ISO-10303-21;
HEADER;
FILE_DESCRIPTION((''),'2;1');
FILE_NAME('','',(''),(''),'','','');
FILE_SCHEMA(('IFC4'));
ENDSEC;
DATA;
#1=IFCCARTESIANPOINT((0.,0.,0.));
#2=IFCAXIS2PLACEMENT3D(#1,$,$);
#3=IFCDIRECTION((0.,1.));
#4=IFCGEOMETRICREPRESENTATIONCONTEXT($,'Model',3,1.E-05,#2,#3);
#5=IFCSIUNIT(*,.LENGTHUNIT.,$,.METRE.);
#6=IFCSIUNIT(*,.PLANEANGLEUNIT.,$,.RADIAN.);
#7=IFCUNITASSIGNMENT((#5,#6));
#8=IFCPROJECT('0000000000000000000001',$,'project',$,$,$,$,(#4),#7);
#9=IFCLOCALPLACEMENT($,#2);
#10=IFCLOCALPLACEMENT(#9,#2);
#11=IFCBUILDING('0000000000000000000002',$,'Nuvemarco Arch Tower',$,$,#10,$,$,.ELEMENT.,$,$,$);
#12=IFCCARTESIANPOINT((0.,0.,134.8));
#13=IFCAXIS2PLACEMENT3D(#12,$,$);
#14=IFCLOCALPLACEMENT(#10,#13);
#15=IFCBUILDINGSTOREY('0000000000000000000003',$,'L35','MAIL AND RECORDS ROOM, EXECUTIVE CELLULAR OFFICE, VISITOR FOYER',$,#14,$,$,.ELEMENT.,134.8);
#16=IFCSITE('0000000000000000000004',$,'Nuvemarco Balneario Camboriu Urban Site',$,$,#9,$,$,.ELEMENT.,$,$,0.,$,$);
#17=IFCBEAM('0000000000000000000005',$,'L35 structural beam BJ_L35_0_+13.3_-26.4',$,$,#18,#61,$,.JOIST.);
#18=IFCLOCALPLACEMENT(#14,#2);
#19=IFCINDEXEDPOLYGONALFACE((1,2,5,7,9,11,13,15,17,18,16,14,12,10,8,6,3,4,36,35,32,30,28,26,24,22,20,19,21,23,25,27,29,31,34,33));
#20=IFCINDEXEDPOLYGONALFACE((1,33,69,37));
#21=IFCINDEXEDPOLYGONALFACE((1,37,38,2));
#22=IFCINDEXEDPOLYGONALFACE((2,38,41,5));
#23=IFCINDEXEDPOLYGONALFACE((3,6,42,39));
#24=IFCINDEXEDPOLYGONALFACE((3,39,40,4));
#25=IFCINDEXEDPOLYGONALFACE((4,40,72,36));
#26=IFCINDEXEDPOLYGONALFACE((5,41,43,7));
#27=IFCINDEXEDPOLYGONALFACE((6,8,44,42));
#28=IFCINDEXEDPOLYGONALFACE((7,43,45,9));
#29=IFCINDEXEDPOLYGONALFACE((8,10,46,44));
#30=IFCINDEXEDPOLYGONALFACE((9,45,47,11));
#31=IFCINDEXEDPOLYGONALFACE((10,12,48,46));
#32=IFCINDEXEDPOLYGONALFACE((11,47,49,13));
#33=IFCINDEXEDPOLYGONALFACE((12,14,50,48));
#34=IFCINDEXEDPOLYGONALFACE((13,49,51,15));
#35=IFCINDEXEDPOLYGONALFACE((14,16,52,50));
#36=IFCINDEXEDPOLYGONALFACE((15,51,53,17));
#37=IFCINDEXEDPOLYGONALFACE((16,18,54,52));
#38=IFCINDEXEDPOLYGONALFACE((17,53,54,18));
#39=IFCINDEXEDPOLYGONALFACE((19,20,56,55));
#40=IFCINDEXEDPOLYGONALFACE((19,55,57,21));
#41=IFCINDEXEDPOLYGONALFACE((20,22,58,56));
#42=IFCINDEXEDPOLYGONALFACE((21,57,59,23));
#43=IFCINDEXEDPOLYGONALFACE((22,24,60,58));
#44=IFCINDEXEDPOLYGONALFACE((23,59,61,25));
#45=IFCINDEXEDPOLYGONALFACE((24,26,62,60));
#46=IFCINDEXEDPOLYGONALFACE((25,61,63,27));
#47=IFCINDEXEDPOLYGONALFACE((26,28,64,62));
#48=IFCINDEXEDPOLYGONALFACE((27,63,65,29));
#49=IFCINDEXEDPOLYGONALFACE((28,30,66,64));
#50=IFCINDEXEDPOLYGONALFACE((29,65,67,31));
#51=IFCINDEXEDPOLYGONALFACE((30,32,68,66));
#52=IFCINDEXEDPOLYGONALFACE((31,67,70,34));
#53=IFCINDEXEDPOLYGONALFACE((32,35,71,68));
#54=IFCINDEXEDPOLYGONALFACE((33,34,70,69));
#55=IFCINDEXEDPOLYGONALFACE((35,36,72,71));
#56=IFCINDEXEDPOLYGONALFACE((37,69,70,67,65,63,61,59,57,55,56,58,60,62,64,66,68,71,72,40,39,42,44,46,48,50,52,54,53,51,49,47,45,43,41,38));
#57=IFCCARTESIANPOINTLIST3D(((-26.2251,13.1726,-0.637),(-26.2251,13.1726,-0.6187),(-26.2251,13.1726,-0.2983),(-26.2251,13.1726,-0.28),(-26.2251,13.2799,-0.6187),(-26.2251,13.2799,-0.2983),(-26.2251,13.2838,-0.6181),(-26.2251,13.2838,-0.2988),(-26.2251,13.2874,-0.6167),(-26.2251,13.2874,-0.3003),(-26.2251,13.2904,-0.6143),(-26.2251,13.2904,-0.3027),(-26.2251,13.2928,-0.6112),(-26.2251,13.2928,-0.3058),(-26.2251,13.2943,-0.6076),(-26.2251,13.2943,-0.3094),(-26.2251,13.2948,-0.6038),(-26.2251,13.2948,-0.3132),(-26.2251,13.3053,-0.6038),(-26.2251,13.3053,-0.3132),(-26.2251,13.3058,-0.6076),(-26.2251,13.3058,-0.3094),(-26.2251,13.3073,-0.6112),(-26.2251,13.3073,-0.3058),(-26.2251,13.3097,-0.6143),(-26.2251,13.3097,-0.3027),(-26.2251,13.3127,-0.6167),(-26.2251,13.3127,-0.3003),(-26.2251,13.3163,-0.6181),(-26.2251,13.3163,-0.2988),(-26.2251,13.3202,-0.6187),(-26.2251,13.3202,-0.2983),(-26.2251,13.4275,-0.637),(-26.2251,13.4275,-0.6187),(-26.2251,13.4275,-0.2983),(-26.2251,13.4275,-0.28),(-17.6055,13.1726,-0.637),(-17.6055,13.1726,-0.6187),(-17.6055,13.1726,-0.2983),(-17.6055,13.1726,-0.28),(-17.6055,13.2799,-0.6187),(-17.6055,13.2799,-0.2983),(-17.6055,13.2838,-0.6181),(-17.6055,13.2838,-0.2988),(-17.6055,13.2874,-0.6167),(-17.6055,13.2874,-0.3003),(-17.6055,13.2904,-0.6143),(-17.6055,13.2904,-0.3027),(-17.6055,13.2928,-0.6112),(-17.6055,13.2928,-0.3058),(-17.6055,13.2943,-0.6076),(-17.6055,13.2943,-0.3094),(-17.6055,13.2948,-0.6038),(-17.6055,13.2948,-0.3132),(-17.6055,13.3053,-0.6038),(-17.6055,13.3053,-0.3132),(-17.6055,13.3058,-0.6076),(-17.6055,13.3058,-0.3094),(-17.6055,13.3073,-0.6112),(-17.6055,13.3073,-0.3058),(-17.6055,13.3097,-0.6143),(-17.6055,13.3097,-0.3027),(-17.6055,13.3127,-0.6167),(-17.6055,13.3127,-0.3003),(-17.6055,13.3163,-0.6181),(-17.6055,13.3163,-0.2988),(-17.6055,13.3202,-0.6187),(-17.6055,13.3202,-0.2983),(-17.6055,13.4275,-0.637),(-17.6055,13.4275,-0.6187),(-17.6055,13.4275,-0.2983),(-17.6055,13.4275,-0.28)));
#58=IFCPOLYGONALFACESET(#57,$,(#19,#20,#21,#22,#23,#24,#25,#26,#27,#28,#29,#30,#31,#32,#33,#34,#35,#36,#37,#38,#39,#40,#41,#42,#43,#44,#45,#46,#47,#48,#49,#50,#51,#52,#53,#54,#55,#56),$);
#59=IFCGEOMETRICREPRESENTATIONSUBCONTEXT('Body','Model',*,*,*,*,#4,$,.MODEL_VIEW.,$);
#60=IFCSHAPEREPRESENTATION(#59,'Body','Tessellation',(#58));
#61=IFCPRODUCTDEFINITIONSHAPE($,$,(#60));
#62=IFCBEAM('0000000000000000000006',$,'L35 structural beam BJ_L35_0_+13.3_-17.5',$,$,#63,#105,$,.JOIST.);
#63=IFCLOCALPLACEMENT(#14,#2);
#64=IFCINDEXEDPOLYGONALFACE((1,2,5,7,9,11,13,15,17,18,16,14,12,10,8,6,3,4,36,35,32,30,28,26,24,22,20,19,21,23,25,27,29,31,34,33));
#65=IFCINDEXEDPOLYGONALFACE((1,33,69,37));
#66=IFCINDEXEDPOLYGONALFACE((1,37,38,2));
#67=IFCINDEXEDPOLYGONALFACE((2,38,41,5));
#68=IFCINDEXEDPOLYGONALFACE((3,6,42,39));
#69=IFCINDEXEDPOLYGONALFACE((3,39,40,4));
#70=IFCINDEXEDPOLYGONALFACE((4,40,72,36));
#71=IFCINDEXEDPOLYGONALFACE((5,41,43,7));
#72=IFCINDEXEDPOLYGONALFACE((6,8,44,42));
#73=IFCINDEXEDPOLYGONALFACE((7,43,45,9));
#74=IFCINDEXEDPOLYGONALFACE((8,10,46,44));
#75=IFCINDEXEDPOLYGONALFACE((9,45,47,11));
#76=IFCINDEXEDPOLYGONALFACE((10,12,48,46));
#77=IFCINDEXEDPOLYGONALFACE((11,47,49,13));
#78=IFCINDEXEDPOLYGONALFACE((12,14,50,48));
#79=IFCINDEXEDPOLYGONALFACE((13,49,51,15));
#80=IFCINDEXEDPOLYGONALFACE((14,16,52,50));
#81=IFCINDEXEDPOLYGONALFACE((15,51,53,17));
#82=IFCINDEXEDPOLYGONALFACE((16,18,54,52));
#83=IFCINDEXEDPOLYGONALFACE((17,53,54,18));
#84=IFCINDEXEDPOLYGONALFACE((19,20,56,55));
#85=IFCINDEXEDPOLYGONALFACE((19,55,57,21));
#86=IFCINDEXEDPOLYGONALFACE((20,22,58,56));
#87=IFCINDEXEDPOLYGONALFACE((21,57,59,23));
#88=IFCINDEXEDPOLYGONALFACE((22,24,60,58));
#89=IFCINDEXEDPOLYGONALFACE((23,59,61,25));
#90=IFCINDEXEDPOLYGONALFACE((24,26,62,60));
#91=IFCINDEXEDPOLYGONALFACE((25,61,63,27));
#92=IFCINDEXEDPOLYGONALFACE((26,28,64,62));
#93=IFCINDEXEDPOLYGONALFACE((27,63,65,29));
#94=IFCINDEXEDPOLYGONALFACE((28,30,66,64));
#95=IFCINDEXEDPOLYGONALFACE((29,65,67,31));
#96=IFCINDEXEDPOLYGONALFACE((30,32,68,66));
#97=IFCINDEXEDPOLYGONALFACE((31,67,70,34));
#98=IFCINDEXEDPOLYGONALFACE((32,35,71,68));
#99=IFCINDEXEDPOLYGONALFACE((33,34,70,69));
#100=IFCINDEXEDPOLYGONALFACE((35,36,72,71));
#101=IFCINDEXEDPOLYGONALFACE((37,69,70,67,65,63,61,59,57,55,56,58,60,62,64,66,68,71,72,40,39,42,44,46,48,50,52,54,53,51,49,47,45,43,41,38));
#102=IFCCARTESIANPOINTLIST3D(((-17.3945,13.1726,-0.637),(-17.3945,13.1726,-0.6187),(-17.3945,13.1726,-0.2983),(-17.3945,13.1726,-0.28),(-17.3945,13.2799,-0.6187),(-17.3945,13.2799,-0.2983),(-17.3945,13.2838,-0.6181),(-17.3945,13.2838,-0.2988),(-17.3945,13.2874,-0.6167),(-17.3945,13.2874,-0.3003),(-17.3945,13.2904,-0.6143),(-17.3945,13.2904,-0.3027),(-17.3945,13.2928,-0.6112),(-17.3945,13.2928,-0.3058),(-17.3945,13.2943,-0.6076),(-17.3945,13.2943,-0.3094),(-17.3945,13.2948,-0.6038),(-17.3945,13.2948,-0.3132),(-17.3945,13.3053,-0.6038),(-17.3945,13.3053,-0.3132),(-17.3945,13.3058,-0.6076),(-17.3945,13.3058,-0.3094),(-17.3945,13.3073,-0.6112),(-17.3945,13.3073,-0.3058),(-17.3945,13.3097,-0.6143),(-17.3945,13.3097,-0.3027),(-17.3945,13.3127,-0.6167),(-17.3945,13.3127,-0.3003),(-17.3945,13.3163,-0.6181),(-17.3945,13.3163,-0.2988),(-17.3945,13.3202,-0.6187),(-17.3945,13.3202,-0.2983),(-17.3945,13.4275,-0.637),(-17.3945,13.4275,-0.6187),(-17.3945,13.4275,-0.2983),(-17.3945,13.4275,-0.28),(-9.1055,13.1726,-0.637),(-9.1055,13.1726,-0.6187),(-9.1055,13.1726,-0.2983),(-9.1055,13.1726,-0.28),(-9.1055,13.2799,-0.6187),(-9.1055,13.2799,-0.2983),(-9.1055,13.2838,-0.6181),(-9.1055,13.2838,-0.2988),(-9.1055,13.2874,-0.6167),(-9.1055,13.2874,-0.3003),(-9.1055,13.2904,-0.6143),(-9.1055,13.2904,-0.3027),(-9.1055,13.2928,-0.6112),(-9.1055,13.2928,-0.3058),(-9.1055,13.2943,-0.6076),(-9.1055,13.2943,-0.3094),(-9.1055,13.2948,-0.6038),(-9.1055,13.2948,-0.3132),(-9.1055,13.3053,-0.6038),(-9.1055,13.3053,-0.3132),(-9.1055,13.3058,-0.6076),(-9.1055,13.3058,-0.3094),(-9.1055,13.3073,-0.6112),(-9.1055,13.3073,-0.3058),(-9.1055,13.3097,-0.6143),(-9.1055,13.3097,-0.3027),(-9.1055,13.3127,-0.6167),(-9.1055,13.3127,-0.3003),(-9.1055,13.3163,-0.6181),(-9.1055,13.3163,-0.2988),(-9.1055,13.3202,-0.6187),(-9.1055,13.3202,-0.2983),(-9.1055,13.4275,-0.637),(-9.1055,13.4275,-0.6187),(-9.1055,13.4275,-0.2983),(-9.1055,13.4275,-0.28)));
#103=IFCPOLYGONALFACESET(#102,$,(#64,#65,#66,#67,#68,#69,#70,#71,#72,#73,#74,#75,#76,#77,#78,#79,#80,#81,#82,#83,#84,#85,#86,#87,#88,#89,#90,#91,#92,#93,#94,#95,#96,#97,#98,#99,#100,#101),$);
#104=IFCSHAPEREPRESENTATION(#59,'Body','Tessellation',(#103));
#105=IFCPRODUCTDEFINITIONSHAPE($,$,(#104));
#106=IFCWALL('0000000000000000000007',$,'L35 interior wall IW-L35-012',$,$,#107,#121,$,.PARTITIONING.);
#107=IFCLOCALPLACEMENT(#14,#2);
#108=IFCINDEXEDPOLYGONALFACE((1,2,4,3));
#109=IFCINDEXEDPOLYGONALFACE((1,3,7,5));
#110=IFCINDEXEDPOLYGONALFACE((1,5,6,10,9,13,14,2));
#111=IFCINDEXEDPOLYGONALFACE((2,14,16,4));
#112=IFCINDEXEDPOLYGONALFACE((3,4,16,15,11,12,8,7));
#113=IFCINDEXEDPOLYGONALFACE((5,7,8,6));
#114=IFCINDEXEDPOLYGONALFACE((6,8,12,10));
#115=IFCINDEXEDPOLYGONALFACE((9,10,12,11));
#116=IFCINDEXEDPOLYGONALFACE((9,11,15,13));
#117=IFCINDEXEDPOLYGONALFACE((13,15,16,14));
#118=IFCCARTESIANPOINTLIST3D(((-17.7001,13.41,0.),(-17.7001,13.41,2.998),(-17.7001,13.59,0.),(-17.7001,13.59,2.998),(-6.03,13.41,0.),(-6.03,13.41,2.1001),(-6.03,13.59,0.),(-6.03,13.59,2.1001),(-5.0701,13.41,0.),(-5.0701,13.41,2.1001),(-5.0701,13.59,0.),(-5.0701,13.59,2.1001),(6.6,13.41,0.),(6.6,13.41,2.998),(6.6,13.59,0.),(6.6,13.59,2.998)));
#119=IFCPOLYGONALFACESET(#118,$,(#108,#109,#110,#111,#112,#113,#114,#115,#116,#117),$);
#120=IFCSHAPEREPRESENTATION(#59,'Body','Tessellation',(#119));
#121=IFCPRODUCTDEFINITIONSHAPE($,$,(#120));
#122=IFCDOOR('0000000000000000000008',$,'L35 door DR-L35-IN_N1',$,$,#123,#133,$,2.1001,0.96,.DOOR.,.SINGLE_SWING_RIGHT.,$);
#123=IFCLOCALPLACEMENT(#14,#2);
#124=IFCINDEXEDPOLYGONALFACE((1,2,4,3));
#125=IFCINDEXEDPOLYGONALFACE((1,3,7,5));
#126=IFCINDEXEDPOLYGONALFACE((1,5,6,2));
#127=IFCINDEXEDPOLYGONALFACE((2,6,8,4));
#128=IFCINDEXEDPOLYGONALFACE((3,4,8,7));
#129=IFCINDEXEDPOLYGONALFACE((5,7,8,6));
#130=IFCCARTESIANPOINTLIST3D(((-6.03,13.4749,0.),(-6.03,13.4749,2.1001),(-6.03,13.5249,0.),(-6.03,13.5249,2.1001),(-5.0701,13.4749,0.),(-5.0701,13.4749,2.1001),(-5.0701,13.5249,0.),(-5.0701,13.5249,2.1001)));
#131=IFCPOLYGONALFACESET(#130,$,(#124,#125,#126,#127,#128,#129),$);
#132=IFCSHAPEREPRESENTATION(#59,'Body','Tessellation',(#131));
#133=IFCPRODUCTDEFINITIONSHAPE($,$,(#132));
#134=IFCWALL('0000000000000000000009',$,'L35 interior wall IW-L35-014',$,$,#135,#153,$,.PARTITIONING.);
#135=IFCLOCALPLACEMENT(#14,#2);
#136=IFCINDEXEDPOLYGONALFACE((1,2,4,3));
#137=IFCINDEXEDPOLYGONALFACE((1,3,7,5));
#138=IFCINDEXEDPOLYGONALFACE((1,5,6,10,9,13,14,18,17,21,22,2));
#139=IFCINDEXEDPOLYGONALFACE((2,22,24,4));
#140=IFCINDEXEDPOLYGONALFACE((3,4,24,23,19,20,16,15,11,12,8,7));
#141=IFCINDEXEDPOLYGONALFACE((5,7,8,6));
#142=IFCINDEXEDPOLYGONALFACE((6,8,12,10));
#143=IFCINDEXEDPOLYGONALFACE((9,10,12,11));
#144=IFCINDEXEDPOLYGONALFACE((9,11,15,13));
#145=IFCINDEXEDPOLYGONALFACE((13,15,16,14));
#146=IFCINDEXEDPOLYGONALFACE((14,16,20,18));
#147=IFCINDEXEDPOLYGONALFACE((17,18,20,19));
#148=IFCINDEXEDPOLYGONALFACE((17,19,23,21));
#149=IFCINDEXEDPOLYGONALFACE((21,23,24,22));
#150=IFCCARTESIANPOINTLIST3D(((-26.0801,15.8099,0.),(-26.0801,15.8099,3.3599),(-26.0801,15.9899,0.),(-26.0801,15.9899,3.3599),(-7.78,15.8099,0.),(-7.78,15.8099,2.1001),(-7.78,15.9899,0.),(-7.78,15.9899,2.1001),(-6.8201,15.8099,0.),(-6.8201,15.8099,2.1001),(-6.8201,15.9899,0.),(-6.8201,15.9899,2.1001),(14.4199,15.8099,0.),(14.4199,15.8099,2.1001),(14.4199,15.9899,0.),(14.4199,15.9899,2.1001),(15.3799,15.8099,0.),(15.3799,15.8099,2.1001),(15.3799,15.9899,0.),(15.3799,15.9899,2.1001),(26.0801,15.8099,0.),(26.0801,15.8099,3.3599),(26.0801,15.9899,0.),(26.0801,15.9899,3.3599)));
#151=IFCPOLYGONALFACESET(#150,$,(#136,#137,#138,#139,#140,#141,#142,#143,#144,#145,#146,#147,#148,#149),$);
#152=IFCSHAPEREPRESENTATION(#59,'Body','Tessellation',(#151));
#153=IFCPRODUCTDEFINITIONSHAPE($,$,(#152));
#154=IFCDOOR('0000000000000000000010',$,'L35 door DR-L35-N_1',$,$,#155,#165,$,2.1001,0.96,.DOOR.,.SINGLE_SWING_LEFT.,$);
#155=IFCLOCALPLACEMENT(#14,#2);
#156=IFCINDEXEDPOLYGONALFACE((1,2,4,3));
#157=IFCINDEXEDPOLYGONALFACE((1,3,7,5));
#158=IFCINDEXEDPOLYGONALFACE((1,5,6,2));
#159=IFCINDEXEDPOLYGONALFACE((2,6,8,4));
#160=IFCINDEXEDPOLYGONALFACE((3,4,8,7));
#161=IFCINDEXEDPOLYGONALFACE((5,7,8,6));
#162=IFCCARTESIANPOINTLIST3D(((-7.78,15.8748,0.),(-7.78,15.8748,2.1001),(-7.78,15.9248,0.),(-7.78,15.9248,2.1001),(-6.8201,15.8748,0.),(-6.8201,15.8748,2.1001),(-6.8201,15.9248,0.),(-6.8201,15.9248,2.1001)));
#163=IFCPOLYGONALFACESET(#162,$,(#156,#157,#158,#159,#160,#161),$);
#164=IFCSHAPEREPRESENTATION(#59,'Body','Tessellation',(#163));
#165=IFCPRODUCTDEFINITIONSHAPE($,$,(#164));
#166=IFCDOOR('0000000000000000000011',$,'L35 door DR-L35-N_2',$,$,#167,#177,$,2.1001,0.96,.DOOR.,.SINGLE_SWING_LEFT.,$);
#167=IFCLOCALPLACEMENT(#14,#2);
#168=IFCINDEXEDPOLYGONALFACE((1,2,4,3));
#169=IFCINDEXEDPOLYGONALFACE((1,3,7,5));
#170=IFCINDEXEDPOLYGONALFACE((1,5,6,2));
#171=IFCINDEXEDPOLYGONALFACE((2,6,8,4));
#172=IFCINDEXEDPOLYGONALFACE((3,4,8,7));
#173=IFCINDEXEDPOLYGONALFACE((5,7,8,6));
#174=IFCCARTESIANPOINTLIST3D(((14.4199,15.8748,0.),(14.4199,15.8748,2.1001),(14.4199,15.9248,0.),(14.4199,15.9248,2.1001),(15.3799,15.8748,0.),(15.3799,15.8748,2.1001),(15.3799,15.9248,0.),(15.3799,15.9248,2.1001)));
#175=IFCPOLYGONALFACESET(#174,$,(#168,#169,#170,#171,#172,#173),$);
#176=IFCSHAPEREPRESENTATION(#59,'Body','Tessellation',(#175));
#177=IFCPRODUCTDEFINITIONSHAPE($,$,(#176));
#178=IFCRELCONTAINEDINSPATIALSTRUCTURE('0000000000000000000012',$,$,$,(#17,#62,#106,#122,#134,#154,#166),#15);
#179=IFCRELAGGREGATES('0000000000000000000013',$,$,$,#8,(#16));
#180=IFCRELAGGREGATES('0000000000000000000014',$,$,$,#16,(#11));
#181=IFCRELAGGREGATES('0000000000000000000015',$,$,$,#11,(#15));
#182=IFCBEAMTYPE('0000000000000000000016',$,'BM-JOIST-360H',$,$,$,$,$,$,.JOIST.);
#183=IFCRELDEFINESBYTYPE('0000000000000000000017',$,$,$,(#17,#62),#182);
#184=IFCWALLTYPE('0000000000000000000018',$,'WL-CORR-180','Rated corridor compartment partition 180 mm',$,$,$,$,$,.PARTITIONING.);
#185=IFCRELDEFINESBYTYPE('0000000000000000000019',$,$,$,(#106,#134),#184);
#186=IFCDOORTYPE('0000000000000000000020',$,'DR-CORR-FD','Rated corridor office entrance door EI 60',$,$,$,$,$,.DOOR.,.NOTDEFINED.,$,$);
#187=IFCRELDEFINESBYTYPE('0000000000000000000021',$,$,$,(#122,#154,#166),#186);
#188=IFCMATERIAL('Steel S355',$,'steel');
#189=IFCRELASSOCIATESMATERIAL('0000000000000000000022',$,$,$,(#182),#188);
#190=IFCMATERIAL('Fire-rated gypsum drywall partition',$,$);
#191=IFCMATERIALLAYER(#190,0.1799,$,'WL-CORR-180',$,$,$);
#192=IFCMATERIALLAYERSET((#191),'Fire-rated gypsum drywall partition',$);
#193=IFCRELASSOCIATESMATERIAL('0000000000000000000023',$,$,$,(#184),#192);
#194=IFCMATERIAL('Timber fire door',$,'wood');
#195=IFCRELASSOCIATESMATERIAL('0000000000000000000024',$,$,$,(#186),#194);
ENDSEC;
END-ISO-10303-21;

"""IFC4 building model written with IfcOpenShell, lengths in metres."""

from ifc_helpers import new_model, si_unit, direction, frame, frame_2d, origin, origin_2d, place, context, subcontext, project, spatial, rectangle, i_section, extrude, source, transform, mapped, material, layer, layer_set, material_profile, profile_set, type_object, type_shapes, element, fill, save


model = new_model("IFC4")

# Units and contexts
model_context = context("Model", 3, precision=1e-05, world=origin(), true_north=direction((0.0, 1.0)))
body_context = subcontext(model_context, "Body", "Model", "MODEL_VIEW")
ifc_project = project(units=[si_unit("LENGTHUNIT", "METRE"), si_unit("PLANEANGLEUNIT", "RADIAN")], contexts=[model_context])

# Site, building, storey
site_placement = place(None, origin())
site = spatial("IfcSite", under=ifc_project, at=site_placement, Name="Nuvemarco Balneario Camboriu Urban Site", CompositionType="ELEMENT", RefElevation=0.0)
building_placement = place(site_placement, origin())
building = spatial("IfcBuilding", under=site, at=building_placement, Name="Nuvemarco Arch Tower", CompositionType="ELEMENT")
storey_placement = place(building_placement, frame((0.0, 0.0, 134.8)))
storey = spatial("IfcBuildingStorey", under=building, at=storey_placement, Name="L35", Description="MAIL AND RECORDS ROOM, EXECUTIVE CELLULAR OFFICE, VISITOR FOYER", CompositionType="ELEMENT", Elevation=134.8)

# Shared definitions
ifc_material_1 = material(Name="Steel S355", Category="steel")

# Beams
ifc_material_profile_1 = material_profile(ifc_material_1, i_section(OverallWidth=0.2549, OverallDepth=0.3569, WebThickness=0.0105, FlangeThickness=0.0183, FilletRadius=0.0149, at=origin_2d()), Name="W360x101")
ifc_profile_set_1 = profile_set([ifc_material_profile_1], Name="Steel S355")
beam_type_1 = type_object("IfcBeamType", Name="BM-JOIST-360H", PredefinedType="JOIST", material=ifc_profile_set_1)
beam_1_placement = place(storey_placement, frame((-26.2251, 13.3, -0.4585), z_axis=(1.0, 0.0, 0.0), x_axis=(0.0, 1.0, 0.0)))
element("IfcBeam", 1, at=beam_1_placement, inside=storey, type_object=beam_type_1, Name="L35 structural beam BJ_L35_0_+13.3_-26.4", PredefinedType="JOIST", context=body_context, shape_type="SweptSolid", body=[
    extrude(i_section(OverallWidth=0.2549, OverallDepth=0.3569, WebThickness=0.0105, FlangeThickness=0.0183, FilletRadius=0.0149, at=origin_2d()), origin(), (0.0, 0.0, 1.0), 8.6196),
])
beam_2_placement = place(storey_placement, frame((-17.3945, 13.3, -0.4585), z_axis=(1.0, 0.0, 0.0), x_axis=(0.0, 1.0, 0.0)))
element("IfcBeam", 2, at=beam_2_placement, inside=storey, type_object=beam_type_1, Name="L35 structural beam BJ_L35_0_+13.3_-17.5", PredefinedType="JOIST", context=body_context, shape_type="SweptSolid", body=[
    extrude(i_section(OverallWidth=0.2549, OverallDepth=0.3569, WebThickness=0.0105, FlangeThickness=0.0183, FilletRadius=0.0149, at=origin_2d()), origin(), (0.0, 0.0, 1.0), 8.2891),
])

# Wall, opening, door
ifc_material_2 = material(Name="Fire-rated gypsum drywall partition")
ifc_layer = layer(ifc_material_2, 0.1799, Name="WL-CORR-180")
ifc_layer_set = layer_set([ifc_layer], Name="Fire-rated gypsum drywall partition")
wall_type = type_object("IfcWallType", Name="WL-CORR-180", Description="Rated corridor compartment partition 180 mm", PredefinedType="PARTITIONING", material=ifc_layer_set)
wall_1_placement = place(storey_placement, frame((-17.7, 13.5, 0.0), z_axis=(0.0, 0.0, 1.0), x_axis=(1.0, 0.0, 0.0)))
wall_1 = element("IfcWall", 3, at=wall_1_placement, inside=storey, type_object=wall_type, Name="L35 interior wall IW-L35-012", PredefinedType="PARTITIONING", context=body_context, shape_type="SweptSolid", body=[
    extrude(rectangle(XDim=24.3, YDim=0.1799, at=frame_2d((12.1499, 0.0))), origin(), (0.0, 0.0, 1.0), 2.998),
])
opening_1_placement = place(wall_1_placement, frame((11.6699, 0.0, 0.0)))
opening_1 = element("IfcOpeningElement", 4, at=opening_1_placement, cuts=wall_1, PredefinedType="OPENING", context=body_context, shape_type="SweptSolid", body=[
    extrude(rectangle(XDim=0.96, YDim=2.1001, at=frame_2d((0.48, 1.05))), frame((0.0, 0.0999, 0.0), z_axis=(0.0, -1.0, 0.0), x_axis=(1.0, 0.0, 0.0)), (0.0, 0.0, 1.0), 0.2),
])
ifc_material_3 = material(Name="Timber fire door", Category="wood")
door_type = type_object("IfcDoorType", Name="DR-CORR-FD", Description="Rated corridor office entrance door EI 60", OperationType="NOTDEFINED", PredefinedType="DOOR", material=ifc_material_3)
shared_shape_1 = source(origin(), body_context, "Body", "SweptSolid", [
    extrude(rectangle(XDim=0.96, YDim=2.1001, at=frame_2d((0.48, 1.05))), frame((0.0, 0.0249, 0.0), z_axis=(0.0, -1.0, 0.0), x_axis=(1.0, 0.0, 0.0)), (0.0, 0.0, 1.0), 0.05),
])
type_shapes(door_type, [shared_shape_1])
door_1_placement = place(opening_1_placement, origin())
door_1 = element("IfcDoor", 5, at=door_1_placement, inside=storey, type_object=door_type, Name="L35 door DR-L35-IN_N1", OperationType="SINGLE_SWING_RIGHT", OverallHeight=2.1001, OverallWidth=0.96, PredefinedType="DOOR", context=body_context, shape_type="MappedRepresentation", body=[
    mapped(shared_shape_1, transform((0.0, 0.0, 0.0), scale=1.0)),
])
fill(opening_1, door_1)

# Wall, openings, doors
wall_2_placement = place(storey_placement, frame((-26.0801, 15.8999, 0.0), z_axis=(0.0, 0.0, 1.0), x_axis=(1.0, 0.0, 0.0)))
wall_2 = element("IfcWall", 6, at=wall_2_placement, inside=storey, type_object=wall_type, Name="L35 interior wall IW-L35-014", PredefinedType="PARTITIONING", context=body_context, shape_type="SweptSolid", body=[
    extrude(rectangle(XDim=52.1602, YDim=0.1799, at=frame_2d((26.0801, 0.0))), origin(), (0.0, 0.0, 1.0), 3.3599),
])
opening_2_placement = place(wall_2_placement, frame((18.3, 0.0, 0.0)))
opening_2 = element("IfcOpeningElement", 7, at=opening_2_placement, cuts=wall_2, PredefinedType="OPENING", context=body_context, shape_type="SweptSolid", body=[
    extrude(rectangle(XDim=0.96, YDim=2.1001, at=frame_2d((0.48, 1.05))), frame((0.0, 0.0999, 0.0), z_axis=(0.0, -1.0, 0.0), x_axis=(1.0, 0.0, 0.0)), (0.0, 0.0, 1.0), 0.2),
])
opening_3_placement = place(wall_2_placement, frame((40.5, 0.0, 0.0)))
opening_3 = element("IfcOpeningElement", 8, at=opening_3_placement, cuts=wall_2, PredefinedType="OPENING", context=body_context, shape_type="SweptSolid", body=[
    extrude(rectangle(XDim=0.96, YDim=2.1001, at=frame_2d((0.48, 1.05))), frame((0.0, 0.0999, 0.0), z_axis=(0.0, -1.0, 0.0), x_axis=(1.0, 0.0, 0.0)), (0.0, 0.0, 1.0), 0.2),
])
door_2_placement = place(opening_2_placement, origin())
door_2 = element("IfcDoor", 9, at=door_2_placement, inside=storey, type_object=door_type, Name="L35 door DR-L35-N_1", OperationType="SINGLE_SWING_LEFT", OverallHeight=2.1001, OverallWidth=0.96, PredefinedType="DOOR", context=body_context, shape_type="MappedRepresentation", body=[
    mapped(shared_shape_1, transform((0.0, 0.0, 0.0), scale=1.0)),
])
fill(opening_2, door_2)
door_3_placement = place(opening_3_placement, origin())
door_3 = element("IfcDoor", 10, at=door_3_placement, inside=storey, type_object=door_type, Name="L35 door DR-L35-N_2", OperationType="SINGLE_SWING_LEFT", OverallHeight=2.1001, OverallWidth=0.96, PredefinedType="DOOR", context=body_context, shape_type="MappedRepresentation", body=[
    mapped(shared_shape_1, transform((0.0, 0.0, 0.0), scale=1.0)),
])
fill(opening_3, door_3)

save(model, "model.ifc")
